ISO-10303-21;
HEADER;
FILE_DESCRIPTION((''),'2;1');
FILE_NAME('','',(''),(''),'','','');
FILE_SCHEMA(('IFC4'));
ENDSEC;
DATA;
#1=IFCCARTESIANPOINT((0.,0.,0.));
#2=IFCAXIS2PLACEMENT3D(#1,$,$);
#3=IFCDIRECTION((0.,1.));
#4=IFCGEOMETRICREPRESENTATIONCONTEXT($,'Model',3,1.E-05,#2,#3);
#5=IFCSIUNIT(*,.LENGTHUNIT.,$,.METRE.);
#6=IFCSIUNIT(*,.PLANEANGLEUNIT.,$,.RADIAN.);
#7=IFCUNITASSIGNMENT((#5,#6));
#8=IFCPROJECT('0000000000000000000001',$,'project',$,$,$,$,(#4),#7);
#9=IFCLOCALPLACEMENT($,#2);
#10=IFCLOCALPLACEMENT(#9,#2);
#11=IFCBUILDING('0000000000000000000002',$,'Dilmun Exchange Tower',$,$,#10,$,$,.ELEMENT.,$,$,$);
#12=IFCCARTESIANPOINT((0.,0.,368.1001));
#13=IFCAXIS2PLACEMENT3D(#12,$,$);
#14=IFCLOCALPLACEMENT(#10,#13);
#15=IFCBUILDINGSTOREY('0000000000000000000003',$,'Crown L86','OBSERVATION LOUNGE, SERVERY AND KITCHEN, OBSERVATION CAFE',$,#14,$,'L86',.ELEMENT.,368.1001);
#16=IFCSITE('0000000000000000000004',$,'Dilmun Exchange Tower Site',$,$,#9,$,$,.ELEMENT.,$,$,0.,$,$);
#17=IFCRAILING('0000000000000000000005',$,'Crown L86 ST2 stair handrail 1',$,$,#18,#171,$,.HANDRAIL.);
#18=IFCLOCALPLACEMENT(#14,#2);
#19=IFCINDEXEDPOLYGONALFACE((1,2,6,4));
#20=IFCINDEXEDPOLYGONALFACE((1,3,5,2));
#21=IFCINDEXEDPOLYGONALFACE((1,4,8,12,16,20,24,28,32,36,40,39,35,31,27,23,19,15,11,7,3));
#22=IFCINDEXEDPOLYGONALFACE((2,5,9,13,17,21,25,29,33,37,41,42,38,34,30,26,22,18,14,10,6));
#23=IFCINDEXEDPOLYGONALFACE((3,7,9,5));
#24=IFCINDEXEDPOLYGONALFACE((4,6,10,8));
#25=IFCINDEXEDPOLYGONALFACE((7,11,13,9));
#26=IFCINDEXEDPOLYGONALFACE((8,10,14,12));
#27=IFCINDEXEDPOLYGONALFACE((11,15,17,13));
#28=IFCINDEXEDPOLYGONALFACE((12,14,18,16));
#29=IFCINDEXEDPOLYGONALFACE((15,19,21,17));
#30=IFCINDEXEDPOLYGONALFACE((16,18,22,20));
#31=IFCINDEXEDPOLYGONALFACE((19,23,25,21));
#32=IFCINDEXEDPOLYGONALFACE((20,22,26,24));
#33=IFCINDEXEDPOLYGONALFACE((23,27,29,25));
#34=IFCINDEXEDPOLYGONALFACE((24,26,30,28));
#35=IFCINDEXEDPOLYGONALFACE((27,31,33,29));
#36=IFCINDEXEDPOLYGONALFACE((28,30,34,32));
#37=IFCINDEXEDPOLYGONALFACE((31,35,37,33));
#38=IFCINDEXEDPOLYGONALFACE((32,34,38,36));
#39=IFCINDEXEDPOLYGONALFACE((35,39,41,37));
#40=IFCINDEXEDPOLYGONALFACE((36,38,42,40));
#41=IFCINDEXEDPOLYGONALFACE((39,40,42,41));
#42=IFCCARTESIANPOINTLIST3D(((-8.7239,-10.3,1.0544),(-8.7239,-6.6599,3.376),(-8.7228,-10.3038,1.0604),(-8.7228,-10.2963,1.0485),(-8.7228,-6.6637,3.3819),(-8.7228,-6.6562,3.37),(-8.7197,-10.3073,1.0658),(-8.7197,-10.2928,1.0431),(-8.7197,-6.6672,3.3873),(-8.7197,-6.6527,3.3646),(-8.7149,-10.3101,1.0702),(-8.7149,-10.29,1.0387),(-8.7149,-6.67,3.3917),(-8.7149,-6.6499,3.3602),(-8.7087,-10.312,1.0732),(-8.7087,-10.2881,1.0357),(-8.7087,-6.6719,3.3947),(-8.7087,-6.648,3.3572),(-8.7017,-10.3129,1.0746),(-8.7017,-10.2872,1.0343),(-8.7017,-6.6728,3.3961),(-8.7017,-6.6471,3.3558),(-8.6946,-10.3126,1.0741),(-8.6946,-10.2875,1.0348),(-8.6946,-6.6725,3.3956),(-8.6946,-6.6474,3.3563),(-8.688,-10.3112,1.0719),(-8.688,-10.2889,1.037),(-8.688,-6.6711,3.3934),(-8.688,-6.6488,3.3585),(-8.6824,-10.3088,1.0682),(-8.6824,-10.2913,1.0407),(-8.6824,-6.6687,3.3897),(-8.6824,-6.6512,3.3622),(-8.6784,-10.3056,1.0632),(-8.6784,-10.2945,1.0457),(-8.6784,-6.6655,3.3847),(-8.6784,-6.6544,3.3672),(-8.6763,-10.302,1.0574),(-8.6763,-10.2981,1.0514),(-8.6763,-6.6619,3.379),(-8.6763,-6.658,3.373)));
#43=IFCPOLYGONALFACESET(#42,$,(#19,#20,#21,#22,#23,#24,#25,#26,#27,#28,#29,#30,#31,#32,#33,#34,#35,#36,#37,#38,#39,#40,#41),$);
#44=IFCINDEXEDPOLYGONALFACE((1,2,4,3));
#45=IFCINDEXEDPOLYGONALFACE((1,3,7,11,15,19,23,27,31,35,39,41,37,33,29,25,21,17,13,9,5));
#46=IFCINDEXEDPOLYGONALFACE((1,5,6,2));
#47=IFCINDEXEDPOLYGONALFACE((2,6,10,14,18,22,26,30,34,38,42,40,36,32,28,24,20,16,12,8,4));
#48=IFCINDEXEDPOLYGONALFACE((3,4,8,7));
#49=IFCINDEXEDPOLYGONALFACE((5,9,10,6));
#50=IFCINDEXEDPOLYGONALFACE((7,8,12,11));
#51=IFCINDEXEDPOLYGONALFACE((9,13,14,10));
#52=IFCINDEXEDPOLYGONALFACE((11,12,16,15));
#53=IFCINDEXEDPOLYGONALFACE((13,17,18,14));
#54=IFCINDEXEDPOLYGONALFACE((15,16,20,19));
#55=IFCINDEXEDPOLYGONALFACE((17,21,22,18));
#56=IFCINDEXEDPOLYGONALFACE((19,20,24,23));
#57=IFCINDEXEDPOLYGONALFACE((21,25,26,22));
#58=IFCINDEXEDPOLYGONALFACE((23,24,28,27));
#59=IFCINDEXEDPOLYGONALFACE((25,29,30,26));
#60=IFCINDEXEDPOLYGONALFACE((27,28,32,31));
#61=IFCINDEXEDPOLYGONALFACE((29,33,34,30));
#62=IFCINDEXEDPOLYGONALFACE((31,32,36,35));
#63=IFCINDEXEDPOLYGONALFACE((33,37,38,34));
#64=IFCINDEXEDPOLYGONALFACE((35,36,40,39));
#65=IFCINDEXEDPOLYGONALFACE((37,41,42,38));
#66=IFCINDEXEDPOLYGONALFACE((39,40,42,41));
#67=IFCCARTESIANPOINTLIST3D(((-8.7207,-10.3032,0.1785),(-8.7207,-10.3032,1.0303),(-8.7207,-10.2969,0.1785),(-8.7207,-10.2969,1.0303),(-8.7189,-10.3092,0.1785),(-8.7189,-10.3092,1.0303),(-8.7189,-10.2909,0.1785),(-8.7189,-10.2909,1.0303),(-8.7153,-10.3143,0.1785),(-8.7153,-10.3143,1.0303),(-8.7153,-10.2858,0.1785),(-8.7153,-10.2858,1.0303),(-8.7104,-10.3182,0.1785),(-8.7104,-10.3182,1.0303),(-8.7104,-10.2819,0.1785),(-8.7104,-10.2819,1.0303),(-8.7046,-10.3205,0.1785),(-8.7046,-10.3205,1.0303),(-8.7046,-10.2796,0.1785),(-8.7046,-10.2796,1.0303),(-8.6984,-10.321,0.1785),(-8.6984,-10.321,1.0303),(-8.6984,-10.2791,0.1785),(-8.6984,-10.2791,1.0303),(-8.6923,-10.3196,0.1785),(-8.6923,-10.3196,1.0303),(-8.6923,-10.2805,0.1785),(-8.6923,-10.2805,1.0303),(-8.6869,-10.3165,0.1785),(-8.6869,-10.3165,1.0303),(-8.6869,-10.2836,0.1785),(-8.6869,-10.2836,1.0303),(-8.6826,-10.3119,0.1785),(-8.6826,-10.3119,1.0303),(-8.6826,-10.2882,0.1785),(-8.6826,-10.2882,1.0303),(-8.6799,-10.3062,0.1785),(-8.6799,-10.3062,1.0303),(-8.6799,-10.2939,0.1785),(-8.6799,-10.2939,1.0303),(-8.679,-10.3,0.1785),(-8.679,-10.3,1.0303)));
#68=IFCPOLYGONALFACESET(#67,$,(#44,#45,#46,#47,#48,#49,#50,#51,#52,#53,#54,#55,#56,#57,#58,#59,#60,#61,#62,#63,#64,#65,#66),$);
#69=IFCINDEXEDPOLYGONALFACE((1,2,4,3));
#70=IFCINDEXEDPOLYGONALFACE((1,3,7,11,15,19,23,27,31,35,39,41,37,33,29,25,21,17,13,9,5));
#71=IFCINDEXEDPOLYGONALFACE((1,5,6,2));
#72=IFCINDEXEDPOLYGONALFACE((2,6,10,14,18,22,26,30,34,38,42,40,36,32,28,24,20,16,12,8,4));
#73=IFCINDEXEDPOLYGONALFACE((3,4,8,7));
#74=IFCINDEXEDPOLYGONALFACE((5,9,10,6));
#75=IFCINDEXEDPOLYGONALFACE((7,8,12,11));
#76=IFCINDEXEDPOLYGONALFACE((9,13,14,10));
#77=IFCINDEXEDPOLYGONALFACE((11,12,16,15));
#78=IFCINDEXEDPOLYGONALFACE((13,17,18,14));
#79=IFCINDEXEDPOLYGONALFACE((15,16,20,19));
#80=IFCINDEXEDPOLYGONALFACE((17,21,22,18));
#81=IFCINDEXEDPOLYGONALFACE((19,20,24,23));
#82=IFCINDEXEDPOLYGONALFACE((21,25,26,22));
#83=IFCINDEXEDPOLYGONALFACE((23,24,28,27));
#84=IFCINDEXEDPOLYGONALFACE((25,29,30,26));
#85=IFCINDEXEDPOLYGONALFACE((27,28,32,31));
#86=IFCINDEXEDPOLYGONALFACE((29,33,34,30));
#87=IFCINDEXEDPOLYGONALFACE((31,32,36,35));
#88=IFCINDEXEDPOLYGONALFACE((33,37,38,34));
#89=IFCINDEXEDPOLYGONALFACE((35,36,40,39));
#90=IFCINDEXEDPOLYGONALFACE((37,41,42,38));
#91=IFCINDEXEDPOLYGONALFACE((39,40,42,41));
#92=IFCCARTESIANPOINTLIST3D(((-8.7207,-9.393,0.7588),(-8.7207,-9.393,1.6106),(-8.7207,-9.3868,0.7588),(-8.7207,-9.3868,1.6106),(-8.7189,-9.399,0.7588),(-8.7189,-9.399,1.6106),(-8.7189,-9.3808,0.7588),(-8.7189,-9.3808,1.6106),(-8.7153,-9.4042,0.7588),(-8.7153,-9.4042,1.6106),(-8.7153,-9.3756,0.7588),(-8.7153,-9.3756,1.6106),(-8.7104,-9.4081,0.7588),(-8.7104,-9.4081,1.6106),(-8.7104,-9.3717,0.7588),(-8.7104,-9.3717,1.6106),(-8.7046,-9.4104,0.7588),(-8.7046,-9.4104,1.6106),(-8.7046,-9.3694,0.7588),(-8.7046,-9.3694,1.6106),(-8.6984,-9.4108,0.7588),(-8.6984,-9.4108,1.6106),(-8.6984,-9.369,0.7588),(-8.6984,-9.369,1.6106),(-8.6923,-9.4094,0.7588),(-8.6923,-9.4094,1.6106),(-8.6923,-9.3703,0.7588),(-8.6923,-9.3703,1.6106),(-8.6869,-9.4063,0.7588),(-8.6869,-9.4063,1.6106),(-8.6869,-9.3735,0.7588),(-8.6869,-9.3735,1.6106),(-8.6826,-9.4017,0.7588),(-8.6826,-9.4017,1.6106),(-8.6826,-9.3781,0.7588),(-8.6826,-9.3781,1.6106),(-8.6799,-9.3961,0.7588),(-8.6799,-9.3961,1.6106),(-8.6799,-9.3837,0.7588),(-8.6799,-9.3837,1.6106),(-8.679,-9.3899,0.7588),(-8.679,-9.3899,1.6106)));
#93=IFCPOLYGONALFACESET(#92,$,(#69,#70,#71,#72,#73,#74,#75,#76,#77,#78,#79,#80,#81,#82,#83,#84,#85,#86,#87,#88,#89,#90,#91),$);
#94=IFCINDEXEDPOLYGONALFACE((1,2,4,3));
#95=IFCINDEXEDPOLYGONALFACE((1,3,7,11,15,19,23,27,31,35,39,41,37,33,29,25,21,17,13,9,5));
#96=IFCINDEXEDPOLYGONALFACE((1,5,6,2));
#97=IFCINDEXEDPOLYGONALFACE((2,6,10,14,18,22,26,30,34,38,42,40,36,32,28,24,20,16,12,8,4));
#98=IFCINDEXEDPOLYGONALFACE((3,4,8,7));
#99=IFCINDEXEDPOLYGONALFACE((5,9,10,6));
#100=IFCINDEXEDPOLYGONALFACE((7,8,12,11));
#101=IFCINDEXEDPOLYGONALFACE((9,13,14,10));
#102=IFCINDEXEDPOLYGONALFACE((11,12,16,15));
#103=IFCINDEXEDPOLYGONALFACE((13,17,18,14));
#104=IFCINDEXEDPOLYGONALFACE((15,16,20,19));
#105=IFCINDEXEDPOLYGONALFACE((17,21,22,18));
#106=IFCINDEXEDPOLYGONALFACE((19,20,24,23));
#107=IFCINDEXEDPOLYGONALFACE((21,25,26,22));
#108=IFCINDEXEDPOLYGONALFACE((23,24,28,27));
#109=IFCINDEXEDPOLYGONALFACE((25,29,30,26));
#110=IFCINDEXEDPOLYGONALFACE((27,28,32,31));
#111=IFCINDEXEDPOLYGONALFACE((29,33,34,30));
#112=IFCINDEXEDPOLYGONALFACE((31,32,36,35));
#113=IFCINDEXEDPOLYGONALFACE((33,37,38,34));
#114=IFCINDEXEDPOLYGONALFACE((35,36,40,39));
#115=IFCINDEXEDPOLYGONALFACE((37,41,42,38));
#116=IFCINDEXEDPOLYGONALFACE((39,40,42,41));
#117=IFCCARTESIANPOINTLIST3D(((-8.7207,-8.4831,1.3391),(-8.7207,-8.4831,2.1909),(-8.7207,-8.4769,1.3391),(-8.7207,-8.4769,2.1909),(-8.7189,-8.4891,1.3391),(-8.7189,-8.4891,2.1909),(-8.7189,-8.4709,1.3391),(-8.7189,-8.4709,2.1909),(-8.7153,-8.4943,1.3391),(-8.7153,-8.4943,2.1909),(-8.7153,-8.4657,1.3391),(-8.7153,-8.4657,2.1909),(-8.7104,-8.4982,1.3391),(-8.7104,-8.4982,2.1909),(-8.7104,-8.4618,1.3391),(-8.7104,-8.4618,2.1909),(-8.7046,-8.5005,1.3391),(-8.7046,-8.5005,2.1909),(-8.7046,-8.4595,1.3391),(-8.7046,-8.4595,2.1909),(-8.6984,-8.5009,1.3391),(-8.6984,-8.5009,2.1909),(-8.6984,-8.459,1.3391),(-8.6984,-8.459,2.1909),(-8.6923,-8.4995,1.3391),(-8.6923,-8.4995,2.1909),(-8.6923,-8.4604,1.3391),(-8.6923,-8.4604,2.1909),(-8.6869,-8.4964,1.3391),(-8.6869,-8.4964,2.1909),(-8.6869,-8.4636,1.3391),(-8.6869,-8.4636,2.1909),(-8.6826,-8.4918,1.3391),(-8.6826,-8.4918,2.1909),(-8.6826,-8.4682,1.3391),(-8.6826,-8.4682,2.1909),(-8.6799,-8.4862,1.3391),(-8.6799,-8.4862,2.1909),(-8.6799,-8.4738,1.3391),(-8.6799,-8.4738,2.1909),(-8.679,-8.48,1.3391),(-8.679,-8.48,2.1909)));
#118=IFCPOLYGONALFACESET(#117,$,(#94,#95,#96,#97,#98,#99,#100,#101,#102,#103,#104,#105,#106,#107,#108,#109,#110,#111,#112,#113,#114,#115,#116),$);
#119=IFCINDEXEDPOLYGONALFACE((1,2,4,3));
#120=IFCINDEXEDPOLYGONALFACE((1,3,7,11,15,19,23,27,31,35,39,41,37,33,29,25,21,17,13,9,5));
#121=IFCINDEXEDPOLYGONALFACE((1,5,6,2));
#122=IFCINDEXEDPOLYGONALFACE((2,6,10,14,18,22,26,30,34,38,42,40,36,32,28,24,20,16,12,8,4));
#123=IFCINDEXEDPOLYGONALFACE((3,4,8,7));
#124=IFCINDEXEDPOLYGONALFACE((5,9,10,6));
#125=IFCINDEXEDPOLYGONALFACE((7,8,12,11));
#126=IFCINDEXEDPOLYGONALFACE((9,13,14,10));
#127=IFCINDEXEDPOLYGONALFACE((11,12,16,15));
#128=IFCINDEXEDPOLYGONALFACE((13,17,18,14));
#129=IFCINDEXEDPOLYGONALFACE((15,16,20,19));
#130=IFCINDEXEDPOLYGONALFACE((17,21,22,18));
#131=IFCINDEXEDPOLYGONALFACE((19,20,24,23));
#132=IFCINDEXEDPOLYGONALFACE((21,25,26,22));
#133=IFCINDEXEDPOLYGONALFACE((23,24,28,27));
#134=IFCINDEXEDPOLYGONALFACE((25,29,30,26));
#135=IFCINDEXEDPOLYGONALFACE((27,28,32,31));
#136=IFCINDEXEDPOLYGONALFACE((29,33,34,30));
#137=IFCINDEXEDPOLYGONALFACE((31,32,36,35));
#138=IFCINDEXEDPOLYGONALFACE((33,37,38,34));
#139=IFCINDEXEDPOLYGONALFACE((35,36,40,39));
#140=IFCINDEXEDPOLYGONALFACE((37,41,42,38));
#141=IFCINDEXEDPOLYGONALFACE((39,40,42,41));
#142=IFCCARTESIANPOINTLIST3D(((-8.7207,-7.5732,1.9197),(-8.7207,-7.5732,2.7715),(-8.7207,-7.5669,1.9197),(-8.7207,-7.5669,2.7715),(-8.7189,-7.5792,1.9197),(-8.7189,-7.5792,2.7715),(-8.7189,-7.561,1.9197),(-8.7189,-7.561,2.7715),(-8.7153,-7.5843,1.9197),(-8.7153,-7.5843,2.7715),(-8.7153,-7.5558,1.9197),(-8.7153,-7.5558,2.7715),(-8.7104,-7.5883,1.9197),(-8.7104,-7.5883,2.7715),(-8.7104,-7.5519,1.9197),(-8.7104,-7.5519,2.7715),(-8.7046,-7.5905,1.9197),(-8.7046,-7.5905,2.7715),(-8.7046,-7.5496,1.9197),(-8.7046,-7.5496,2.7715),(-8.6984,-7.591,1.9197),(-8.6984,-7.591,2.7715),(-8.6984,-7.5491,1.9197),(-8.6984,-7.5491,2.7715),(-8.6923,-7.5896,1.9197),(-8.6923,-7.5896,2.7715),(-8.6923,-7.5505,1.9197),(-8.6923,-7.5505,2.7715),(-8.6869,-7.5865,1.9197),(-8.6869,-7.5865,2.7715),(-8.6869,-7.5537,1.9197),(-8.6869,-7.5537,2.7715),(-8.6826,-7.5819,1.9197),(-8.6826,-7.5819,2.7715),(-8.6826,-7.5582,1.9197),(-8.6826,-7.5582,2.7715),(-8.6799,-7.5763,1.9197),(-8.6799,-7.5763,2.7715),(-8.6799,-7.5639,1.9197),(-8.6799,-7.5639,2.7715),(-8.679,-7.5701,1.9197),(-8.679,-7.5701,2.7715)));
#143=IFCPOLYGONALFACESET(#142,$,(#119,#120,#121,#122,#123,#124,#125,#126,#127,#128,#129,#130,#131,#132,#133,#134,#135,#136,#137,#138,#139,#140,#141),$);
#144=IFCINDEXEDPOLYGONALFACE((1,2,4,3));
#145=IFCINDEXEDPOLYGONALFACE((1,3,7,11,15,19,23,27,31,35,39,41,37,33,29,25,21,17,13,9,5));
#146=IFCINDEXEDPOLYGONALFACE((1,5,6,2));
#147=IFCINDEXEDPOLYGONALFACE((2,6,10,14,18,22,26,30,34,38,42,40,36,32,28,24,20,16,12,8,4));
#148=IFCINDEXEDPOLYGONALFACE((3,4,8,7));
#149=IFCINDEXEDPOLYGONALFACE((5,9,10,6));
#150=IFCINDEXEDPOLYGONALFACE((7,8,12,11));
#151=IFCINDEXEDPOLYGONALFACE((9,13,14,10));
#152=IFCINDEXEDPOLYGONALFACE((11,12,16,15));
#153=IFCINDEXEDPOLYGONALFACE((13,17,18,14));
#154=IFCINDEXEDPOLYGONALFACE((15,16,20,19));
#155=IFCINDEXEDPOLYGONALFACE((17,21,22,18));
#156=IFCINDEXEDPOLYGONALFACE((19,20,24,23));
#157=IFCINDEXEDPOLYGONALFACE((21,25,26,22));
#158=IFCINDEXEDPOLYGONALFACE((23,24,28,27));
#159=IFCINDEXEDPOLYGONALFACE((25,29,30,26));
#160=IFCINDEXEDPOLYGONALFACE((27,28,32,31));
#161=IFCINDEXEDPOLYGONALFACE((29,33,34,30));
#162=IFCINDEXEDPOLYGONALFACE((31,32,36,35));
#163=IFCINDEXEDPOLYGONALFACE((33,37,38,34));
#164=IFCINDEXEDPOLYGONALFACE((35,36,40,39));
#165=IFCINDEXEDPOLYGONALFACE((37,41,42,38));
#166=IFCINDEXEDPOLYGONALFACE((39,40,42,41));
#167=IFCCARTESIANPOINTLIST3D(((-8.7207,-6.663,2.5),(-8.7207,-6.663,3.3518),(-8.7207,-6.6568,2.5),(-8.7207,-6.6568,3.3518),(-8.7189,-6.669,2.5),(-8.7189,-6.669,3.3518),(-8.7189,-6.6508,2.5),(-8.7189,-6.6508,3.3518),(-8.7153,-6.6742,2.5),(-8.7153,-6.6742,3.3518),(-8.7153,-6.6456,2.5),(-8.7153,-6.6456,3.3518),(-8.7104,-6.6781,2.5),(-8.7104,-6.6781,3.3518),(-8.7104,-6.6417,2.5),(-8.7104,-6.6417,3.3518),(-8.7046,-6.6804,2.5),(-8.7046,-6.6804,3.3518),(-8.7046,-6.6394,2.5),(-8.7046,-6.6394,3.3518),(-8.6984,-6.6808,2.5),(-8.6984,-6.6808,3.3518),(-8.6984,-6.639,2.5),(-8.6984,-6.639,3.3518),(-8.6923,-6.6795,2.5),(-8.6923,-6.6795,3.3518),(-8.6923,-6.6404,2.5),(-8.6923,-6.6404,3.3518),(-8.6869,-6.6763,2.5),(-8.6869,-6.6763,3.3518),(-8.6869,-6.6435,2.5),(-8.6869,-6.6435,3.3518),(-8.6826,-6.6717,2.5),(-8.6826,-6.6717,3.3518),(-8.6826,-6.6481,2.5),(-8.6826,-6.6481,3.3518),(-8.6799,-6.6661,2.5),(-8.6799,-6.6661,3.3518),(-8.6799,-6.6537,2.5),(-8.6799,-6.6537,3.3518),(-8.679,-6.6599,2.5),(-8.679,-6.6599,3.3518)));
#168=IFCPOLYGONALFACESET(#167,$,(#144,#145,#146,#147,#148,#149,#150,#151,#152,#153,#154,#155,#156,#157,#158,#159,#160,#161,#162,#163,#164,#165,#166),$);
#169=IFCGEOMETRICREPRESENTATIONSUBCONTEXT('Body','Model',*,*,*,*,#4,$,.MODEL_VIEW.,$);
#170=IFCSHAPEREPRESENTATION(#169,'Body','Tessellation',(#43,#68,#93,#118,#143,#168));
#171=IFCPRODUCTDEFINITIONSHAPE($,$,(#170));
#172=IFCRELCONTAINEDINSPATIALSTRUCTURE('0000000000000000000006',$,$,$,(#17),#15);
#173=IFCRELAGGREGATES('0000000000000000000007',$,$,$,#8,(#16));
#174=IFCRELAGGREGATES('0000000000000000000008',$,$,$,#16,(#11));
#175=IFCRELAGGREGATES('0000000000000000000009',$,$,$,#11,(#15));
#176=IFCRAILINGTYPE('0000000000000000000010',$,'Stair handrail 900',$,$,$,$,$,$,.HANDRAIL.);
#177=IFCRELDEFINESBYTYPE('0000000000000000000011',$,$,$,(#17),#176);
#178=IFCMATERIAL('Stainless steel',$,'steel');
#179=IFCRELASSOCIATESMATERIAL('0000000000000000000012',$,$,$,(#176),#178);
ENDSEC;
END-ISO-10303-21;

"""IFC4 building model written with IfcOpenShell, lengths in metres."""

from ifc_helpers import new_model, si_unit, direction, frame, origin, origin_2d, place, context, subcontext, project, spatial, circle, extrude, material, type_object, element, save


model = new_model("IFC4")

# Units and contexts
model_context = context("Model", 3, precision=1e-05, world=origin(), true_north=direction((0.0, 1.0)))
body_context = subcontext(model_context, "Body", "Model", "MODEL_VIEW")
ifc_project = project(units=[si_unit("LENGTHUNIT", "METRE"), si_unit("PLANEANGLEUNIT", "RADIAN")], contexts=[model_context])

# Site, building, storey
site_placement = place(None, origin())
site = spatial("IfcSite", under=ifc_project, at=site_placement, Name="Dilmun Exchange Tower Site", CompositionType="ELEMENT", RefElevation=0.0)
building_placement = place(site_placement, origin())
building = spatial("IfcBuilding", under=site, at=building_placement, Name="Dilmun Exchange Tower", CompositionType="ELEMENT")
storey_placement = place(building_placement, frame((0.0, 0.0, 368.1001)))
storey = spatial("IfcBuildingStorey", under=building, at=storey_placement, Name="Crown L86", Description="OBSERVATION LOUNGE, SERVERY AND KITCHEN, OBSERVATION CAFE", LongName="L86", CompositionType="ELEMENT", Elevation=368.1001)

# Railing
ifc_material_1 = material(Name="Stainless steel", Category="steel")
railing_type = type_object("IfcRailingType", Name="Stair handrail 900", PredefinedType="HANDRAIL", material=ifc_material_1)
railing_1_placement = place(storey_placement, frame((-8.7, -10.3, 0.1785)))
element("IfcRailing", 1, at=railing_1_placement, inside=storey, type_object=railing_type, Name="Crown L86 ST2 stair handrail 1", PredefinedType="HANDRAIL", context=body_context, shape_type="SweptSolid", body=[
    extrude(circle(Radius=0.0239, at=origin_2d()), frame((0.0, 0.0, 0.876), z_axis=(0.0, 0.843128, 0.537713), x_axis=(-1.0, 0.0, 0.0)), (0.0, 0.0, 1.0), 4.3174),
    extrude(circle(Radius=0.021, at=origin_2d()), origin(), (0.0, 0.0, 1.0), 0.8518),
    extrude(circle(Radius=0.021, at=origin_2d()), frame((0.0, 0.9102, 0.5803)), (0.0, 0.0, 1.0), 0.8518),
    extrude(circle(Radius=0.021, at=origin_2d()), frame((0.0, 1.8201, 1.1606)), (0.0, 0.0, 1.0), 0.8518),
    extrude(circle(Radius=0.021, at=origin_2d()), frame((0.0, 2.73, 1.7412)), (0.0, 0.0, 1.0), 0.8518),
    extrude(circle(Radius=0.021, at=origin_2d()), frame((0.0, 3.6401, 2.3215)), (0.0, 0.0, 1.0), 0.8518),
])

save(model, "model.ifc")
